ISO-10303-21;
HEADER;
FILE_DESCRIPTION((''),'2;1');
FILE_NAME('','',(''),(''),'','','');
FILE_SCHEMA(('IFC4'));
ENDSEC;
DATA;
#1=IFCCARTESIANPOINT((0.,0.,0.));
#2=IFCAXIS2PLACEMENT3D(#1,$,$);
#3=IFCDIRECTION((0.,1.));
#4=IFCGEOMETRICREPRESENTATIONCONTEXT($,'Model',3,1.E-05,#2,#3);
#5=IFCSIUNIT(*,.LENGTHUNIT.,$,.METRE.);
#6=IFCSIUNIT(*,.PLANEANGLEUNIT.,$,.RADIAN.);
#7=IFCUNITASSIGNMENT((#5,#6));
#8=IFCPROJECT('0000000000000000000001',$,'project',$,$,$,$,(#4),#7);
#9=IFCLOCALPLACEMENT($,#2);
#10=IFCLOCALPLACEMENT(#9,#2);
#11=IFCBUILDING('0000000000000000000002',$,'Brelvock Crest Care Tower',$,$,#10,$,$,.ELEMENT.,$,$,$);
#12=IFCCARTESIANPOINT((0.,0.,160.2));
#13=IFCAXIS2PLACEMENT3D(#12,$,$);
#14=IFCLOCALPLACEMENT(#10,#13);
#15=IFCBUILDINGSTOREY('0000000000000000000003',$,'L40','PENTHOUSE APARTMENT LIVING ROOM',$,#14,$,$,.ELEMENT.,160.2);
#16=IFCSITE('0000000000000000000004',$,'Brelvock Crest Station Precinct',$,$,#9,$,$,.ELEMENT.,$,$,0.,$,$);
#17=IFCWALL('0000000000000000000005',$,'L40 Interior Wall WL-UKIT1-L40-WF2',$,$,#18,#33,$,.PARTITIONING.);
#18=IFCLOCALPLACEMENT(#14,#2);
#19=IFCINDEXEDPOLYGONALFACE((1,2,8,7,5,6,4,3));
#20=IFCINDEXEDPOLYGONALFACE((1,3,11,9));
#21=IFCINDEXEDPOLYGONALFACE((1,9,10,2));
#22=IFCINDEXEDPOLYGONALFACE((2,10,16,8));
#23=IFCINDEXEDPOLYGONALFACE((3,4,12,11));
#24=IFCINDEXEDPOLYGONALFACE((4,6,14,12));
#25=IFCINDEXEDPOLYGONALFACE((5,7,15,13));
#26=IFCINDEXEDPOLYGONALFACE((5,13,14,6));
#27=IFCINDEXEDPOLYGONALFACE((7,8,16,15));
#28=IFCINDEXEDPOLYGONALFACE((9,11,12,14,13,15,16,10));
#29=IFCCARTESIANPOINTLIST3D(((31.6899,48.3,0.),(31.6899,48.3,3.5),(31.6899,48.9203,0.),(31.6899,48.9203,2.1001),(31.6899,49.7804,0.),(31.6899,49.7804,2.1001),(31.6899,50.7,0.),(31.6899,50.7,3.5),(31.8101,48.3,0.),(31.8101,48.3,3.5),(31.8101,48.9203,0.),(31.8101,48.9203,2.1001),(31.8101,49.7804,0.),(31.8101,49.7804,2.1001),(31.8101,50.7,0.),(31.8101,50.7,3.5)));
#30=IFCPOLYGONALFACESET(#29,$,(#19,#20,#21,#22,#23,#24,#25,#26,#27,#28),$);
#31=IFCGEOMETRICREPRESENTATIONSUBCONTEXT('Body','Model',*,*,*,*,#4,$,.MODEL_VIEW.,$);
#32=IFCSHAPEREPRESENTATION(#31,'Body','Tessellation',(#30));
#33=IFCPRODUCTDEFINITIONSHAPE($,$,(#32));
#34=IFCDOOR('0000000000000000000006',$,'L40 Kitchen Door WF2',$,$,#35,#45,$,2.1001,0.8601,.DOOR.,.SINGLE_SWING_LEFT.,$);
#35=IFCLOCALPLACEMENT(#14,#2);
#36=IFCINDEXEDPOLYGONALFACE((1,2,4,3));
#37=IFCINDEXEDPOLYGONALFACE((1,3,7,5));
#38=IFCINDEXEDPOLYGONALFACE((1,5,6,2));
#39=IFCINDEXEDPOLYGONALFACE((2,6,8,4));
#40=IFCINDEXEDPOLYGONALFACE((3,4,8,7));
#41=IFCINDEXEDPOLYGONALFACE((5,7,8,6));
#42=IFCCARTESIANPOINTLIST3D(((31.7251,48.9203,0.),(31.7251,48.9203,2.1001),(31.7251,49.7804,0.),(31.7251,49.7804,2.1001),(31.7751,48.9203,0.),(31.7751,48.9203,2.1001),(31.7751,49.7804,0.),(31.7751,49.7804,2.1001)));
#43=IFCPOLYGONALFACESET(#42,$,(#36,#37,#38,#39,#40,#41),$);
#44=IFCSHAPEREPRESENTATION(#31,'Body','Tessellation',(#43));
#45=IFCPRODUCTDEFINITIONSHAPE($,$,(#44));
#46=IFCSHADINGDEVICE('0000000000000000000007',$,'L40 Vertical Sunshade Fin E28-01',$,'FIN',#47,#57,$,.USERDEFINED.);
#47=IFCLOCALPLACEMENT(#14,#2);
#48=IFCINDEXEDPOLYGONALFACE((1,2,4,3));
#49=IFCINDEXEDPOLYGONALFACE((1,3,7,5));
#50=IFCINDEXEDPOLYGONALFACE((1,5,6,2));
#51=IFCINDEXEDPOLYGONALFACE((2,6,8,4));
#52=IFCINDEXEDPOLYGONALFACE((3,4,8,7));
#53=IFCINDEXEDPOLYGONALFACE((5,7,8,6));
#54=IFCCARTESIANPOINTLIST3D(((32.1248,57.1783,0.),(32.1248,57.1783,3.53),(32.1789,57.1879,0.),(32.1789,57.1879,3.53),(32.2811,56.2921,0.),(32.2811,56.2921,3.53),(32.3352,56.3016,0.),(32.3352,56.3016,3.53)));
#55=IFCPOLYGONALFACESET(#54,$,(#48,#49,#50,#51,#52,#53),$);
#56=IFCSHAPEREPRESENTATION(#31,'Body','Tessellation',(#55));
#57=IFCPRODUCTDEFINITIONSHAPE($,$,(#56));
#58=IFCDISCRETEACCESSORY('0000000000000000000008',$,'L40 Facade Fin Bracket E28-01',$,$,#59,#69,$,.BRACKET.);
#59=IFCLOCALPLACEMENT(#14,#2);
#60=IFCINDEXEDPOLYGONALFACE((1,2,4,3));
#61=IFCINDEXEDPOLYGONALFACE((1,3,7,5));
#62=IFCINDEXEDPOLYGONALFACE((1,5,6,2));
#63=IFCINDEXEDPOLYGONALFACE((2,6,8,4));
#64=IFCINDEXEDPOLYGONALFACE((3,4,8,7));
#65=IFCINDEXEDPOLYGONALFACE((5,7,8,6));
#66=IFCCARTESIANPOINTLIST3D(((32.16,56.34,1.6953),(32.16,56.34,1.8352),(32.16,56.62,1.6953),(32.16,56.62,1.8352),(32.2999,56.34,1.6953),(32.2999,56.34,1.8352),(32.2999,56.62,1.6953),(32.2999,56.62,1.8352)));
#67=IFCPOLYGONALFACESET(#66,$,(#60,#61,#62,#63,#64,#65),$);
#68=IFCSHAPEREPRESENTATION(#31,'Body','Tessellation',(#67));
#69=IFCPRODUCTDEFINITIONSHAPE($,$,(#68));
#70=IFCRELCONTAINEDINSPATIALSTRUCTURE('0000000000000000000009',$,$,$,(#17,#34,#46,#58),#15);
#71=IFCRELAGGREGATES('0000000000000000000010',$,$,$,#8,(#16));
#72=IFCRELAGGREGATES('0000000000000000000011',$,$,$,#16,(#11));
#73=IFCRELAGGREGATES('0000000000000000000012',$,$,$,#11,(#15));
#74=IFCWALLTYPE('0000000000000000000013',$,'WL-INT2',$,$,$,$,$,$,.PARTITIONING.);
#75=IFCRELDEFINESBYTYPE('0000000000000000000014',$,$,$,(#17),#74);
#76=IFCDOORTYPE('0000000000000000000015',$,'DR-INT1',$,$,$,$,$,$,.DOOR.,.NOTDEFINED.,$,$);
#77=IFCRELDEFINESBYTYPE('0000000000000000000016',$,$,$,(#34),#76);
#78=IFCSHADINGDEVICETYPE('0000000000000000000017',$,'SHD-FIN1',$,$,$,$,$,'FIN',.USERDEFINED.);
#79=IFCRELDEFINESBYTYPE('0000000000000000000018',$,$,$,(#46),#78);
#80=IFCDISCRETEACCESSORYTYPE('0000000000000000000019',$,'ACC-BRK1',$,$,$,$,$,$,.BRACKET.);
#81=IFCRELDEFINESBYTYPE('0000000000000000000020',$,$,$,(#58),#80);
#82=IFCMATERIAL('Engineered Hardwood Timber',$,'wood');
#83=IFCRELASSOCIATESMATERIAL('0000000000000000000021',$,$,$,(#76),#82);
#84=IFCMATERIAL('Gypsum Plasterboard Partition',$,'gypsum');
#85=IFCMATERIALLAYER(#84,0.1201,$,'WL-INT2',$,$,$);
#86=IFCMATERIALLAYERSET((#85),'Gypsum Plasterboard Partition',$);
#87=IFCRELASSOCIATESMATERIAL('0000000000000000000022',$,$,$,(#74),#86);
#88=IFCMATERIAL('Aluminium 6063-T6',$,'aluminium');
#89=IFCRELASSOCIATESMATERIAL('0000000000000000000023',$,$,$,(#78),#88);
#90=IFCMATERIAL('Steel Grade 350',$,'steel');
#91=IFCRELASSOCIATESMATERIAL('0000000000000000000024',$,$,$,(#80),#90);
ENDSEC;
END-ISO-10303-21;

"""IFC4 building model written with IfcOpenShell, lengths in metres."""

from ifc_helpers import new_model, si_unit, direction, frame, frame_2d, origin, origin_2d, place, context, subcontext, project, spatial, rectangle, extrude, source, transform, mapped, material, layer, layer_set, material_profile, profile_set, type_object, element, fill, save


model = new_model("IFC4")

# Units and contexts
model_context = context("Model", 3, precision=1e-05, world=origin(), true_north=direction((0.0, 1.0)))
body_context = subcontext(model_context, "Body", "Model", "MODEL_VIEW")
ifc_project = project(units=[si_unit("LENGTHUNIT", "METRE"), si_unit("PLANEANGLEUNIT", "RADIAN")], contexts=[model_context])

# Site, building, storey
site_placement = place(None, origin())
site = spatial("IfcSite", under=ifc_project, at=site_placement, Name="Brelvock Crest Station Precinct", CompositionType="ELEMENT", RefElevation=0.0)
building_placement = place(site_placement, origin())
building = spatial("IfcBuilding", under=site, at=building_placement, Name="Brelvock Crest Care Tower", CompositionType="ELEMENT")
storey_placement = place(building_placement, frame((0.0, 0.0, 160.2)))
storey = spatial("IfcBuildingStorey", under=building, at=storey_placement, Name="L40", Description="PENTHOUSE APARTMENT LIVING ROOM", CompositionType="ELEMENT", Elevation=160.2)

# Shared definitions
ifc_material_1 = material(Name="Steel Grade 350", Category="steel")

# Shared definitions
ifc_material_2 = material(Name="Aluminium 6063-T6", Category="aluminium")

# Wall, opening, door
ifc_material_3 = material(Name="Engineered Hardwood Timber", Category="wood")
door_type = type_object("IfcDoorType", Name="DR-INT1", OperationType="NOTDEFINED", PredefinedType="DOOR", material=ifc_material_3)
shared_shape_1 = source(origin(), body_context, "Body", "SweptSolid", [
    extrude(rectangle(XDim=0.8601, YDim=2.1001, at=origin_2d()), frame((0.4302, 0.0249, 1.05), z_axis=(0.0, -1.0, 0.0), x_axis=(1.0, 0.0, 0.0)), (0.0, 0.0, 1.0), 0.05),
])
ifc_material_4 = material(Name="Gypsum Plasterboard Partition", Category="gypsum")
ifc_layer_1 = layer(ifc_material_4, 0.1201, Name="WL-INT2")
ifc_layer_set_1 = layer_set([ifc_layer_1], Name="Gypsum Plasterboard Partition")
wall_type_1 = type_object("IfcWallType", Name="WL-INT2", PredefinedType="PARTITIONING", material=ifc_layer_set_1)
wall_1_placement = place(storey_placement, frame((31.75, 48.3, 0.0), z_axis=(0.0, 0.0, 1.0), x_axis=(0.0, 1.0, 0.0)))
wall_1 = element("IfcWall", 1, at=wall_1_placement, inside=storey, type_object=wall_type_1, Name="L40 Interior Wall WL-UKIT1-L40-WF2", PredefinedType="PARTITIONING", context=body_context, shape_type="SweptSolid", body=[
    extrude(rectangle(XDim=2.3999, YDim=0.1201, at=frame_2d((1.2, 0.0))), origin(), (0.0, 0.0, 1.0), 3.5),
])
opening_1_placement = place(wall_1_placement, frame((0.6201, 0.0, 0.0)))
opening_1 = element("IfcOpeningElement", 2, at=opening_1_placement, cuts=wall_1, PredefinedType="OPENING", context=body_context, shape_type="SweptSolid", body=[
    extrude(rectangle(XDim=0.8601, YDim=2.1001, at=origin_2d()), frame((0.4302, 0.0701, 1.05), z_axis=(0.0, -1.0, 0.0), x_axis=(1.0, 0.0, 0.0)), (0.0, 0.0, 1.0), 0.1401),
])
door_1_placement = place(opening_1_placement, origin())
door_1 = element("IfcDoor", 3, at=door_1_placement, inside=storey, type_object=door_type, Name="L40 Kitchen Door WF2", OperationType="SINGLE_SWING_LEFT", OverallHeight=2.1001, OverallWidth=0.8601, PredefinedType="DOOR", context=body_context, shape_type="MappedRepresentation", body=[
    mapped(shared_shape_1, transform((0.0, 0.0, 0.0), x_axis=(1.0, 0.0, 0.0), y_axis=(0.0, 1.0, 0.0), z_axis=(0.0, 0.0, 1.0), scale=1.0)),
])
fill(opening_1, door_1)

# Shading device
ifc_material_profile_1 = material_profile(ifc_material_2, rectangle(XDim=0.0549, YDim=0.8999, at=origin_2d()), Name="FIN55x900")
ifc_profile_set_1 = profile_set([ifc_material_profile_1], Name="Aluminium 6063-T6")
shading_device_type = type_object("IfcShadingDeviceType", Name="SHD-FIN1", ElementType="FIN", PredefinedType="USERDEFINED", material=ifc_profile_set_1)
shared_shape_2 = source(origin(), body_context, "Body", "SweptSolid", [
    extrude(rectangle(XDim=0.0549, YDim=0.8999, at=origin_2d()), origin(), (0.0, 0.0, 1.0), 3.53),
])
shading_device_placement = place(storey_placement, frame((32.23, 56.74, 0.0), z_axis=(0.0, 0.0, 1.0), x_axis=(0.984808, 0.173648, 0.0)))
element("IfcShadingDevice", 4, at=shading_device_placement, inside=storey, type_object=shading_device_type, Name="L40 Vertical Sunshade Fin E28-01", ObjectType="FIN", PredefinedType="USERDEFINED", context=body_context, shape_type="MappedRepresentation", body=[
    mapped(shared_shape_2, transform((0.0, 0.0, 0.0), x_axis=(1.0, 0.0, 0.0), y_axis=(0.0, 1.0, 0.0), z_axis=(0.0, 0.0, 1.0), scale=1.0)),
])

# Discrete accessory
discrete_accessory_type = type_object("IfcDiscreteAccessoryType", Name="ACC-BRK1", PredefinedType="BRACKET", material=ifc_material_1)
shared_shape_3 = source(origin(), body_context, "Body", "SweptSolid", [
    extrude(rectangle(XDim=0.28, YDim=0.1399, at=origin_2d()), origin(), (0.0, 0.0, 1.0), 0.1399),
])
discrete_accessory_placement = place(storey_placement, frame((32.23, 56.48, 1.6953), z_axis=(0.0, 0.0, 1.0), x_axis=(0.0, 1.0, 0.0)))
element("IfcDiscreteAccessory", 5, at=discrete_accessory_placement, inside=storey, type_object=discrete_accessory_type, Name="L40 Facade Fin Bracket E28-01", PredefinedType="BRACKET", context=body_context, shape_type="MappedRepresentation", body=[
    mapped(shared_shape_3, transform((0.0, 0.0, 0.0), x_axis=(1.0, 0.0, 0.0), y_axis=(0.0, 1.0, 0.0), z_axis=(0.0, 0.0, 1.0), scale=1.0)),
])

save(model, "model.ifc")
